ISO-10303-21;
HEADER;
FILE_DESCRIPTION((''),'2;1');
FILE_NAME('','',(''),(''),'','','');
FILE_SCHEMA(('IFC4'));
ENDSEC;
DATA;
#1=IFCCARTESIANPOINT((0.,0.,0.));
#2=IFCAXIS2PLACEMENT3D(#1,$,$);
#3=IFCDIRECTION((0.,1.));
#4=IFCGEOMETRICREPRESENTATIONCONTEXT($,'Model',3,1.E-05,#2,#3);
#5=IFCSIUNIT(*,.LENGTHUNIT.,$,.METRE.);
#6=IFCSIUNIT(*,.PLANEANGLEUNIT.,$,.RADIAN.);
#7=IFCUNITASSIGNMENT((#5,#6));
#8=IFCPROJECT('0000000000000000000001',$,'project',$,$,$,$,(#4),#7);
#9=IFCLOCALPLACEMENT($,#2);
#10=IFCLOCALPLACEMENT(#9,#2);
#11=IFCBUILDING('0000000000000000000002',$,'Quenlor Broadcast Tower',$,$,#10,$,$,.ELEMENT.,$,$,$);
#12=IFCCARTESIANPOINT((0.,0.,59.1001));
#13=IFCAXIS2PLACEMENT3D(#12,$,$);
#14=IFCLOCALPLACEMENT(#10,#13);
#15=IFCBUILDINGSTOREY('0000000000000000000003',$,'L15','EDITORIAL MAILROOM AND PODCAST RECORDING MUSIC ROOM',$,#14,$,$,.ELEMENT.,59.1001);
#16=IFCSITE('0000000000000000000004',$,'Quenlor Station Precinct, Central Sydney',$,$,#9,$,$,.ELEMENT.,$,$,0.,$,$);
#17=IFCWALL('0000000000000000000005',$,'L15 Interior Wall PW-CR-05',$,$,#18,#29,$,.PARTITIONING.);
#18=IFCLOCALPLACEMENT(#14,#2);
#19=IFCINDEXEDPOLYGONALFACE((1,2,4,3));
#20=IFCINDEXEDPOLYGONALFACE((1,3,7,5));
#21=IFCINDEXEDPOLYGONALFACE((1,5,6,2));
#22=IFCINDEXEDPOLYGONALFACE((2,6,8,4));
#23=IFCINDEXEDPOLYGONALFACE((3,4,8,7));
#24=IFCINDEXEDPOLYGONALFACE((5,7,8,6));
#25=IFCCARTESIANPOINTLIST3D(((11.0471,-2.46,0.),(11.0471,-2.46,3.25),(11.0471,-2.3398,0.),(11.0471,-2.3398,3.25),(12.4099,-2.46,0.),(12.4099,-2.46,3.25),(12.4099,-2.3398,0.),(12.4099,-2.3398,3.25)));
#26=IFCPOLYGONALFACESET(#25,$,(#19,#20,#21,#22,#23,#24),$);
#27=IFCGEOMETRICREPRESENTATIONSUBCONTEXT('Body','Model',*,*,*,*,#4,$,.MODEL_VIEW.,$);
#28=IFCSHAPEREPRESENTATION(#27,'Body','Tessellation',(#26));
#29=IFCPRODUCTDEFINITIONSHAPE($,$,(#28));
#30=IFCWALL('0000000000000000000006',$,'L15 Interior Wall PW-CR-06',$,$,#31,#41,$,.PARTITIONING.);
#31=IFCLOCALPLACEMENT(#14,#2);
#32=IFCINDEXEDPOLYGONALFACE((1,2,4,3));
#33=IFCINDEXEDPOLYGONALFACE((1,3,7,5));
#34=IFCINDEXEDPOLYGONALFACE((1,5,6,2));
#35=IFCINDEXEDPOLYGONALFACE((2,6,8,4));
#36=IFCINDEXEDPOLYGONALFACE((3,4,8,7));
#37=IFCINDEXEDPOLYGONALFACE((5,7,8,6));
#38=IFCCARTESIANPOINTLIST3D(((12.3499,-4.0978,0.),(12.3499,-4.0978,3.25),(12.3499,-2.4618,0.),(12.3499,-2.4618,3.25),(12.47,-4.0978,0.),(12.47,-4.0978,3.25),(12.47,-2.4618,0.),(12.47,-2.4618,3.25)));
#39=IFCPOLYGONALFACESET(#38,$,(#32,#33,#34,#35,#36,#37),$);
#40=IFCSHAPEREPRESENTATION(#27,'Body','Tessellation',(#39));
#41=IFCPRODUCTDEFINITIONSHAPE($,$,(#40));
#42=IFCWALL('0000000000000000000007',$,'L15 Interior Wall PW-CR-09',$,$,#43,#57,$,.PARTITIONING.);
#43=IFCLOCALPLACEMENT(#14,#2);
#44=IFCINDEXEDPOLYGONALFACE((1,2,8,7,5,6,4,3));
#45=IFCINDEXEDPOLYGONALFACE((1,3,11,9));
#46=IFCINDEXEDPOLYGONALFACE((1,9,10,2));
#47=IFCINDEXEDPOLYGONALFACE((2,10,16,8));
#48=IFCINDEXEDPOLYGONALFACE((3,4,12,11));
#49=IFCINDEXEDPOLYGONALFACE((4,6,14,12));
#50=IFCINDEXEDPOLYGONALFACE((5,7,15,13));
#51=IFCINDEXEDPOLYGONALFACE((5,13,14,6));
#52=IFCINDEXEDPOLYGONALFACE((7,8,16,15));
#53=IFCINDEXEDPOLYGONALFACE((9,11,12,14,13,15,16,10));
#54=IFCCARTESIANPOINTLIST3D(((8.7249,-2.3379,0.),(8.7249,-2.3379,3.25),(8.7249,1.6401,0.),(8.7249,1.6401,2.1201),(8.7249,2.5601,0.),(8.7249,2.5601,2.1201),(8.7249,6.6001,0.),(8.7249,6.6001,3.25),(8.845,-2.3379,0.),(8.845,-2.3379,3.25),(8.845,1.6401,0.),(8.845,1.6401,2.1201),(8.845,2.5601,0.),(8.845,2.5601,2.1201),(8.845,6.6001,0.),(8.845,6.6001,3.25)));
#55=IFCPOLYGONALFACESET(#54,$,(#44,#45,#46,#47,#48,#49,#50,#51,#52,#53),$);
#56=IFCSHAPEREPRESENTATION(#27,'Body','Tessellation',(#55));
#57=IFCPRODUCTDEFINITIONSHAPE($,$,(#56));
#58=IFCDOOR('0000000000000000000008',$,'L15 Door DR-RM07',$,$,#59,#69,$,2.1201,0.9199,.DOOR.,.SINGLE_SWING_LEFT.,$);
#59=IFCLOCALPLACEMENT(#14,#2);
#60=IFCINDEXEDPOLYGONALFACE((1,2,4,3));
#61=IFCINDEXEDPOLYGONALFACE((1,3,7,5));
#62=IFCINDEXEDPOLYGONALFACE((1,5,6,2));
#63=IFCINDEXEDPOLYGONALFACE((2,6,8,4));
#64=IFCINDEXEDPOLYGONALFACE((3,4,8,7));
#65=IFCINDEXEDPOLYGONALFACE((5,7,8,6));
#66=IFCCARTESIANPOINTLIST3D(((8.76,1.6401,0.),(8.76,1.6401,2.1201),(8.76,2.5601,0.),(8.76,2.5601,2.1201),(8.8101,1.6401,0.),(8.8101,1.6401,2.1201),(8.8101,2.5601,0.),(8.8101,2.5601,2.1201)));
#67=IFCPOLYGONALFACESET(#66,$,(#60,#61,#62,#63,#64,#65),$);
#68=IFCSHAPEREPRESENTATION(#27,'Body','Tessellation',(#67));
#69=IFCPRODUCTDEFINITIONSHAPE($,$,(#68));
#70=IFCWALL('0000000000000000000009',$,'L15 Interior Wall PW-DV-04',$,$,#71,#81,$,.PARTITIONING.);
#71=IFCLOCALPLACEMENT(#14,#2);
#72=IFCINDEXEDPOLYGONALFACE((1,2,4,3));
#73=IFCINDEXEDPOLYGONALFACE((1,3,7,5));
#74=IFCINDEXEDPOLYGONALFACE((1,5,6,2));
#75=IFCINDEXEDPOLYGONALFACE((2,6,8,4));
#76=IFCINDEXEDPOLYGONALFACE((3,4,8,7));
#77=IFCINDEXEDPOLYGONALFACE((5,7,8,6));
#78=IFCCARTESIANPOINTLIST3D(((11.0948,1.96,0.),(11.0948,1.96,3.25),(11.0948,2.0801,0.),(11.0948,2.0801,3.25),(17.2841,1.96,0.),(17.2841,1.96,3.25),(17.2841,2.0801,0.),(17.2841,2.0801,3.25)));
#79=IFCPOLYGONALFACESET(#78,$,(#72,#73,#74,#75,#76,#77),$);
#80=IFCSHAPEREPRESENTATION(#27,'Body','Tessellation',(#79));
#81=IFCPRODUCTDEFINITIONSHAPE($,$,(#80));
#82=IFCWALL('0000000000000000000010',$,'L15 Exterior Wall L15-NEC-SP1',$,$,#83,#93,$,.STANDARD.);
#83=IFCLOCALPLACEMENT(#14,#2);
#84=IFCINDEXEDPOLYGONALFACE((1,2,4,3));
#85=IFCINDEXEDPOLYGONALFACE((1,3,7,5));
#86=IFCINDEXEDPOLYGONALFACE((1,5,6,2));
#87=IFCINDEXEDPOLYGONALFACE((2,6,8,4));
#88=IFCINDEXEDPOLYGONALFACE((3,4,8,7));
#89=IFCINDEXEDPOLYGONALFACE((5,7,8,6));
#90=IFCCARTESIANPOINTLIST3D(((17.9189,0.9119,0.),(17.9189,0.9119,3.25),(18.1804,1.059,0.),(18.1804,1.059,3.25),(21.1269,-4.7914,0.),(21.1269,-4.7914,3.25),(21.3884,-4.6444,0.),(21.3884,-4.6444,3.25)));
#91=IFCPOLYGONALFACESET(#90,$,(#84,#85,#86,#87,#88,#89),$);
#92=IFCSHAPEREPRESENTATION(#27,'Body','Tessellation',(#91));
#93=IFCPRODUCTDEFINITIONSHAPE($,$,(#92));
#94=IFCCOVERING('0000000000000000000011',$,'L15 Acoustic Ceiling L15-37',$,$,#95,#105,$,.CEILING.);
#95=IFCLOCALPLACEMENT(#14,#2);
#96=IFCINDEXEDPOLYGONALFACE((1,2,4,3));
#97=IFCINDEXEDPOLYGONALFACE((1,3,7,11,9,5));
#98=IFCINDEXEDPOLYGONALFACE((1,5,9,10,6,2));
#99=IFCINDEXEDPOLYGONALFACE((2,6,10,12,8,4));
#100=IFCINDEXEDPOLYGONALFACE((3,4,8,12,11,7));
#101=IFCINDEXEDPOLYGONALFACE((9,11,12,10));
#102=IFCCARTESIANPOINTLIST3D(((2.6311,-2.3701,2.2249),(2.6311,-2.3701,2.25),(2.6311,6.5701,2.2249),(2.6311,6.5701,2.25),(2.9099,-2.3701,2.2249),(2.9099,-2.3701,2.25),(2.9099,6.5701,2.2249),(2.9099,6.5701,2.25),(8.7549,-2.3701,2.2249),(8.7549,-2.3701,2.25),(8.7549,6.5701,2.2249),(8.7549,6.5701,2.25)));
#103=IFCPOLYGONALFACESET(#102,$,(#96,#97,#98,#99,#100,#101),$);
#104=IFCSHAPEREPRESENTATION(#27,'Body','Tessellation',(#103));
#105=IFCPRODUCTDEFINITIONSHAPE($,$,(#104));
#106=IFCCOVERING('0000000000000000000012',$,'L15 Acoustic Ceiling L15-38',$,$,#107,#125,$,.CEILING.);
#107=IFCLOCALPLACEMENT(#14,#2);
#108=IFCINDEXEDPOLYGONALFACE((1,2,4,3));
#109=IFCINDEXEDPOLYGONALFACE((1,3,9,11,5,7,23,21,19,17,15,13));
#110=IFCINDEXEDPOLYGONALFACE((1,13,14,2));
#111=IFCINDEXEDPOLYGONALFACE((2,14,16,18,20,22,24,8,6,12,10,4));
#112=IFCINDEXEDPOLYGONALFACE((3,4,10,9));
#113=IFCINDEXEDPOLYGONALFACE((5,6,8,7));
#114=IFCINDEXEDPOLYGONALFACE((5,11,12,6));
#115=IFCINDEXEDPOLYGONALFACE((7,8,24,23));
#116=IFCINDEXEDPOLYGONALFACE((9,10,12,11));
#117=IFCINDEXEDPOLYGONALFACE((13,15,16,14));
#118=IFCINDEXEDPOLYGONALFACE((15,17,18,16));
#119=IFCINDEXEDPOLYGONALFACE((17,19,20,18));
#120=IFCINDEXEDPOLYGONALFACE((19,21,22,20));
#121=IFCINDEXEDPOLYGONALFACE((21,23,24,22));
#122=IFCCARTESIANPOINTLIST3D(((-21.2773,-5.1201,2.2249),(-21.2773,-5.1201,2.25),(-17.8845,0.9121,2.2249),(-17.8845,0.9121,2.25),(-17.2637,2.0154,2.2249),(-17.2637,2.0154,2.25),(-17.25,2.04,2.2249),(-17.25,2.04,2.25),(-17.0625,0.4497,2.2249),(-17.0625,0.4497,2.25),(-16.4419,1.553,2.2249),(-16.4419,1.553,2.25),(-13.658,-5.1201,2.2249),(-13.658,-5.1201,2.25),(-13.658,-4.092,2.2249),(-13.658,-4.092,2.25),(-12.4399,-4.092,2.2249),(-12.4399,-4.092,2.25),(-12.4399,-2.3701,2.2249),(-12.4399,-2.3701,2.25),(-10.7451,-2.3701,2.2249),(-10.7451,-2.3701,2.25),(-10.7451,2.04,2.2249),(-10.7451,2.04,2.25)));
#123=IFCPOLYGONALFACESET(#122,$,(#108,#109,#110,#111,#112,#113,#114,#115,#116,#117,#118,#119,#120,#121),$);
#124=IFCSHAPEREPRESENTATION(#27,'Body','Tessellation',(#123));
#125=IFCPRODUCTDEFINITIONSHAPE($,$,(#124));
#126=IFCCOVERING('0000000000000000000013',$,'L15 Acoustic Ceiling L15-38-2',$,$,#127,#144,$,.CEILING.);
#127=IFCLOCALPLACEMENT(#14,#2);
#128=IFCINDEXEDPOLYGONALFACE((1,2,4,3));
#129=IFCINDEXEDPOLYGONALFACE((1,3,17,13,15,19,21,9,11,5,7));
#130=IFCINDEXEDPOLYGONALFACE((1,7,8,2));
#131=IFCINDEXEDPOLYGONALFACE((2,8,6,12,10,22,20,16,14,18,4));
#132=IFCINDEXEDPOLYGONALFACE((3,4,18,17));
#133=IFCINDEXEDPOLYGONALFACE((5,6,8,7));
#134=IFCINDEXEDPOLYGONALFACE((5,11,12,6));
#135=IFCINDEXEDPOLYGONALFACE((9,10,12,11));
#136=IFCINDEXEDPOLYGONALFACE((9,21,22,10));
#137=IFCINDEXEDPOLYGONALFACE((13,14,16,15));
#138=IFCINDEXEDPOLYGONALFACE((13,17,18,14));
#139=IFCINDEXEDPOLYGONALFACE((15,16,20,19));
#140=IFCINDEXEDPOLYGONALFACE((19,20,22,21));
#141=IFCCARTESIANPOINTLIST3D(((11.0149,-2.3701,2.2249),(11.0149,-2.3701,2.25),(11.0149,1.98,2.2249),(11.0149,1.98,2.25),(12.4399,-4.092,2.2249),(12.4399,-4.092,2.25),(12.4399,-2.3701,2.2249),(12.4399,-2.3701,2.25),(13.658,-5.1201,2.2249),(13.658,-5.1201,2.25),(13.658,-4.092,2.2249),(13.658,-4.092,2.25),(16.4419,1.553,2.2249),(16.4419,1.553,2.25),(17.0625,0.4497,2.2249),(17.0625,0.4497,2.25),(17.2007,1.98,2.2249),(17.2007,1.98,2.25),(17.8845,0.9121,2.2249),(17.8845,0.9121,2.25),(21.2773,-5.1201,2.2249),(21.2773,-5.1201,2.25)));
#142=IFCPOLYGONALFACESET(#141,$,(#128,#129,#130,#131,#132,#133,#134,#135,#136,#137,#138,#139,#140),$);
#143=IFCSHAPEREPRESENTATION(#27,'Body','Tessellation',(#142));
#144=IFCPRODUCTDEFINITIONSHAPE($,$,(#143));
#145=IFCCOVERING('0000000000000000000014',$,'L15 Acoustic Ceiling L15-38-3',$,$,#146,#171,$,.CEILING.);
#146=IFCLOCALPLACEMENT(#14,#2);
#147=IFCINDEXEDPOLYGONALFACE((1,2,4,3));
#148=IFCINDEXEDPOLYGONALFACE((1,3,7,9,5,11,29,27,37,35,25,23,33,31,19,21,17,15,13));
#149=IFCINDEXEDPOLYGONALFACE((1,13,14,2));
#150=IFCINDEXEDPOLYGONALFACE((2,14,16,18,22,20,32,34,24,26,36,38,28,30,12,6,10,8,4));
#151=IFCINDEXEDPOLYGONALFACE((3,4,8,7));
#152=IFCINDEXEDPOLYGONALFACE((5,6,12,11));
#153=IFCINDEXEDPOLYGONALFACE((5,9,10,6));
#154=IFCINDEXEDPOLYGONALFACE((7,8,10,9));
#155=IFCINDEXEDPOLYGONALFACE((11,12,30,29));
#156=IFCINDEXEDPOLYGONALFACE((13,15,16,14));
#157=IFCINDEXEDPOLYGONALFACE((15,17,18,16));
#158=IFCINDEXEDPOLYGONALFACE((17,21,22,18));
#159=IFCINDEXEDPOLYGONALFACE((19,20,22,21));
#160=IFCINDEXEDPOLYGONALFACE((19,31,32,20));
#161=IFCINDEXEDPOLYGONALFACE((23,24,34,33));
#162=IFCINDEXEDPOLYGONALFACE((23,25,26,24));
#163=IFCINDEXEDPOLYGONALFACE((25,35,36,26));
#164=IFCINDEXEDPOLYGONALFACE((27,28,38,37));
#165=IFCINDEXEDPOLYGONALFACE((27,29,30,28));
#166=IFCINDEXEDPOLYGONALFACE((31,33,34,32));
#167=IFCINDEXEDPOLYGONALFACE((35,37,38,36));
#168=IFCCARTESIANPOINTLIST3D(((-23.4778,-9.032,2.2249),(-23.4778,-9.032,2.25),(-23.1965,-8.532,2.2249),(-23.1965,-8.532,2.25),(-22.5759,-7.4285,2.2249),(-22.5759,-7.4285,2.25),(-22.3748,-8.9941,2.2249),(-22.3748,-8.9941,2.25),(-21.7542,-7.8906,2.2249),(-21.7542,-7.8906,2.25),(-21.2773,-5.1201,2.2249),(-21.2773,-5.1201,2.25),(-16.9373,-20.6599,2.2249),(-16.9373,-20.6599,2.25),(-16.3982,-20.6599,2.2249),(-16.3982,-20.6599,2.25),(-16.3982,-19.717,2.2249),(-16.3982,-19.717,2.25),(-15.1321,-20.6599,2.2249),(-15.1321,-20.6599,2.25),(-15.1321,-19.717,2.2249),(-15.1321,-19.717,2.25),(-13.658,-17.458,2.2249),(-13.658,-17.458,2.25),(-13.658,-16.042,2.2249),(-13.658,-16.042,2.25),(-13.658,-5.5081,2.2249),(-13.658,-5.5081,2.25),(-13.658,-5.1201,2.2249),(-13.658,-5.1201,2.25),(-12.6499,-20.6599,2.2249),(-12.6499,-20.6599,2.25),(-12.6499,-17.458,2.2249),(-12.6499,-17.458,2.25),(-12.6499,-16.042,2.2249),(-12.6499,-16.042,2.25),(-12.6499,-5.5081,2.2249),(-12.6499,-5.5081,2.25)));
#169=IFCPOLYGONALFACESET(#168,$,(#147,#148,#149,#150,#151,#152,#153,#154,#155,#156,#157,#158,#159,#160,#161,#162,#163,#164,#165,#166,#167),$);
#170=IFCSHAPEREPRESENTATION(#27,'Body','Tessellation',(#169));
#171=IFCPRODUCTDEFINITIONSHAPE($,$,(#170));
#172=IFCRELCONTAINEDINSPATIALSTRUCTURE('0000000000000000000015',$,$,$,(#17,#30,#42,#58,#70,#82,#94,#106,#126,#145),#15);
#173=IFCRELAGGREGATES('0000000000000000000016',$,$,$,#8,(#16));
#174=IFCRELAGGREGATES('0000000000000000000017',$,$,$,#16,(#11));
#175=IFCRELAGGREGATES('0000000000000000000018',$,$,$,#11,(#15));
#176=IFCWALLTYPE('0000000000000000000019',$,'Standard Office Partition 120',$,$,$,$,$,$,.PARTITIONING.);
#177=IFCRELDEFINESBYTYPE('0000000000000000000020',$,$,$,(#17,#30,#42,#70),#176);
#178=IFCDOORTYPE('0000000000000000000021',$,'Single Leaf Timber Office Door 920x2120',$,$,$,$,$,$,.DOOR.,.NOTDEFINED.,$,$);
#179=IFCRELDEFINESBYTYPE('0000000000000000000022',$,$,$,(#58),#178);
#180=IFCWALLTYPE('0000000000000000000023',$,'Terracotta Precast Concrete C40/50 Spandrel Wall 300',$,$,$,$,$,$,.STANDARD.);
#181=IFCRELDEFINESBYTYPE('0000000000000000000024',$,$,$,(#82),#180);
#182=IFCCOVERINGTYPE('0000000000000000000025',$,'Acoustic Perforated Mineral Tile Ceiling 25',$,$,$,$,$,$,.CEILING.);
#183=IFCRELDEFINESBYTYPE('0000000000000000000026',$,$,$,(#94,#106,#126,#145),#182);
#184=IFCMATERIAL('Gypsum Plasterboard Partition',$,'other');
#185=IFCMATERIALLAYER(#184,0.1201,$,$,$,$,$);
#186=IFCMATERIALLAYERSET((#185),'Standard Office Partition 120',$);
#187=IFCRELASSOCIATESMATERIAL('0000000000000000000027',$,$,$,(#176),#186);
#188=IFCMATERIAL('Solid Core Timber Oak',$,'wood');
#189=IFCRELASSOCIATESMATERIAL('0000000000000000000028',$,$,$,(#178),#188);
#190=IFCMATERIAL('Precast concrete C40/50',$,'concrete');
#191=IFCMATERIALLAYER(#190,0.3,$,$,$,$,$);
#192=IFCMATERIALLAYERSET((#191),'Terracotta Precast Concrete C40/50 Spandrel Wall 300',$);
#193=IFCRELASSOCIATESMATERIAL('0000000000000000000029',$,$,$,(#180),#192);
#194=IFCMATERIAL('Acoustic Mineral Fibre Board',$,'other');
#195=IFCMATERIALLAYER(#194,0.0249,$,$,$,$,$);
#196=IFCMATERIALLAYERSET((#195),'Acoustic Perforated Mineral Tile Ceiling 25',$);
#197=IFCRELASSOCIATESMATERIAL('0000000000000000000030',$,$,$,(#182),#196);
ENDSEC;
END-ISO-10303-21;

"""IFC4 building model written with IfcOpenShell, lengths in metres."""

from ifc_helpers import new_model, si_unit, direction, frame, frame_2d, origin, place, context, subcontext, project, spatial, polyline, rectangle, outline, extrude, material, layer, layer_set, type_object, element, fill, save


model = new_model("IFC4")

# Units and contexts
model_context = context("Model", 3, precision=1e-05, world=origin(), true_north=direction((0.0, 1.0)))
body_context = subcontext(model_context, "Body", "Model", "MODEL_VIEW")
ifc_project = project(units=[si_unit("LENGTHUNIT", "METRE"), si_unit("PLANEANGLEUNIT", "RADIAN")], contexts=[model_context])

# Site, building, storey
site_placement = place(None, origin())
site = spatial("IfcSite", under=ifc_project, at=site_placement, Name="Quenlor Station Precinct, Central Sydney", CompositionType="ELEMENT", RefElevation=0.0)
building_placement = place(site_placement, origin())
building = spatial("IfcBuilding", under=site, at=building_placement, Name="Quenlor Broadcast Tower", CompositionType="ELEMENT")
storey_placement = place(building_placement, frame((0.0, 0.0, 59.1001)))
storey = spatial("IfcBuildingStorey", under=building, at=storey_placement, Name="L15", Description="EDITORIAL MAILROOM AND PODCAST RECORDING MUSIC ROOM", CompositionType="ELEMENT", Elevation=59.1001)

# Walls
ifc_material_1 = material(Name="Gypsum Plasterboard Partition", Category="other")
ifc_layer_1 = layer(ifc_material_1, 0.1201)
ifc_layer_set_1 = layer_set([ifc_layer_1], Name="Standard Office Partition 120")
wall_type_1 = type_object("IfcWallType", Name="Standard Office Partition 120", PredefinedType="PARTITIONING", material=ifc_layer_set_1)
wall_1_placement = place(storey_placement, frame((11.0471, -2.3999, 0.0), z_axis=(0.0, 0.0, 1.0), x_axis=(1.0, 0.0, 0.0)))
element("IfcWall", 1, at=wall_1_placement, inside=storey, type_object=wall_type_1, Name="L15 Interior Wall PW-CR-05", PredefinedType="PARTITIONING", context=body_context, shape_type="SweptSolid", body=[
    extrude(rectangle(XDim=1.3628, YDim=0.1201, at=frame_2d((0.6814, 0.0))), origin(), (0.0, 0.0, 1.0), 3.25),
])
wall_2_placement = place(storey_placement, frame((12.4099, -2.4619, 0.0), z_axis=(0.0, 0.0, 1.0), x_axis=(0.0, -1.0, 0.0)))
element("IfcWall", 2, at=wall_2_placement, inside=storey, type_object=wall_type_1, Name="L15 Interior Wall PW-CR-06", PredefinedType="PARTITIONING", context=body_context, shape_type="SweptSolid", body=[
    extrude(rectangle(XDim=1.636, YDim=0.1201, at=frame_2d((0.8179, 0.0))), origin(), (0.0, 0.0, 1.0), 3.25),
])

# Wall, opening, door
wall_3_placement = place(storey_placement, frame((8.7849, -2.3379, 0.0), z_axis=(0.0, 0.0, 1.0), x_axis=(0.0, 1.0, 0.0)))
wall_3 = element("IfcWall", 3, at=wall_3_placement, inside=storey, type_object=wall_type_1, Name="L15 Interior Wall PW-CR-09", PredefinedType="PARTITIONING", context=body_context, shape_type="SweptSolid", body=[
    extrude(rectangle(XDim=8.938, YDim=0.1201, at=frame_2d((4.469, 0.0))), origin(), (0.0, 0.0, 1.0), 3.25),
])
opening_placement = place(wall_3_placement, frame((3.978, 0.0, 0.0)))
opening = element("IfcOpeningElement", 4, at=opening_placement, cuts=wall_3, PredefinedType="OPENING", context=body_context, shape_type="SweptSolid", body=[
    extrude(rectangle(XDim=0.9199, YDim=2.1201, at=frame_2d((0.46, 1.0601))), frame((0.0, 0.0701, 0.0), z_axis=(0.0, -1.0, 0.0), x_axis=(1.0, 0.0, 0.0)), (0.0, 0.0, 1.0), 0.1401),
])
ifc_material_2 = material(Name="Solid Core Timber Oak", Category="wood")
door_type = type_object("IfcDoorType", Name="Single Leaf Timber Office Door 920x2120", OperationType="NOTDEFINED", PredefinedType="DOOR", material=ifc_material_2)
door_placement = place(opening_placement, origin())
door = element("IfcDoor", 5, at=door_placement, inside=storey, type_object=door_type, Name="L15 Door DR-RM07", OperationType="SINGLE_SWING_LEFT", OverallHeight=2.1201, OverallWidth=0.9199, PredefinedType="DOOR", context=body_context, shape_type="SweptSolid", body=[
    extrude(rectangle(XDim=0.9199, YDim=2.1201, at=frame_2d((0.46, 1.0601))), frame((0.0, 0.0249, 0.0), z_axis=(0.0, -1.0, 0.0), x_axis=(1.0, 0.0, 0.0)), (0.0, 0.0, 1.0), 0.05),
])
fill(opening, door)

# Walls
wall_4_placement = place(storey_placement, frame((17.2842, 2.02, 0.0), z_axis=(0.0, 0.0, 1.0), x_axis=(-1.0, 0.0, 0.0)))
element("IfcWall", 6, at=wall_4_placement, inside=storey, type_object=wall_type_1, Name="L15 Interior Wall PW-DV-04", PredefinedType="PARTITIONING", context=body_context, shape_type="SweptSolid", body=[
    extrude(rectangle(XDim=6.1892, YDim=0.1201, at=frame_2d((3.0947, 0.0))), origin(), (0.0, 0.0, 1.0), 3.25),
])
ifc_material_3 = material(Name="Precast concrete C40/50", Category="concrete")
ifc_layer_2 = layer(ifc_material_3, 0.3)
ifc_layer_set_2 = layer_set([ifc_layer_2], Name="Terracotta Precast Concrete C40/50 Spandrel Wall 300")
wall_type_2 = type_object("IfcWallType", Name="Terracotta Precast Concrete C40/50 Spandrel Wall 300", PredefinedType="STANDARD", material=ifc_layer_set_2)
wall_5_placement = place(storey_placement, frame((18.0496, 0.9856, 0.0), z_axis=(0.0, 0.0, 1.0), x_axis=(0.490245, -0.871585, 0.0)))
element("IfcWall", 7, at=wall_5_placement, inside=storey, type_object=wall_type_2, Name="L15 Exterior Wall L15-NEC-SP1", PredefinedType="STANDARD", context=body_context, shape_type="SweptSolid", body=[
    extrude(rectangle(XDim=6.5437, YDim=0.3, at=frame_2d((3.272, 0.0))), origin(), (0.0, 0.0, 1.0), 3.25),
])

# Coverings
ifc_material_4 = material(Name="Acoustic Mineral Fibre Board", Category="other")
ifc_layer_3 = layer(ifc_material_4, 0.0249)
ifc_layer_set_3 = layer_set([ifc_layer_3], Name="Acoustic Perforated Mineral Tile Ceiling 25")
covering_type = type_object("IfcCoveringType", Name="Acoustic Perforated Mineral Tile Ceiling 25", PredefinedType="CEILING", material=ifc_layer_set_3)
covering_1_placement = place(storey_placement, frame((0.0, 0.0, 2.2249)))
element("IfcCovering", 8, at=covering_1_placement, inside=storey, type_object=covering_type, Name="L15 Acoustic Ceiling L15-37", PredefinedType="CEILING", context=body_context, shape_type="SweptSolid", body=[
    extrude(outline(polyline([(2.9099, -2.3701), (2.6311, -2.3701), (2.6311, 6.5701), (2.9099, 6.5701), (8.7549, 6.5701), (8.7549, -2.3701), (2.9099, -2.3701)])), origin(), (0.0, 0.0, 1.0), 0.0251),
])
covering_2_placement = place(storey_placement, frame((0.0, 0.0, 2.2249)))
element("IfcCovering", 9, at=covering_2_placement, inside=storey, type_object=covering_type, Name="L15 Acoustic Ceiling L15-38", PredefinedType="CEILING", context=body_context, shape_type="SweptSolid", body=[
    extrude(outline(polyline([(-17.8845, 0.9121), (-17.0625, 0.4497), (-16.4419, 1.553), (-17.2637, 2.0154), (-17.25, 2.04), (-10.7451, 2.04), (-10.7451, -2.3701), (-12.4399, -2.3701), (-12.4399, -4.092), (-13.658, -4.092), (-13.658, -5.1201), (-21.2773, -5.1201), (-17.8845, 0.9121)])), origin(), (0.0, 0.0, 1.0), 0.0251),
])
covering_3_placement = place(storey_placement, frame((0.0, 0.0, 2.2249)))
element("IfcCovering", 10, at=covering_3_placement, inside=storey, type_object=covering_type, Name="L15 Acoustic Ceiling L15-38-2", PredefinedType="CEILING", context=body_context, shape_type="SweptSolid", body=[
    extrude(outline(polyline([(13.658, -4.092), (12.4399, -4.092), (12.4399, -2.3701), (11.0149, -2.3701), (11.0149, 1.98), (17.2007, 1.98), (16.4419, 1.553), (17.0625, 0.4497), (17.8845, 0.9121), (21.2773, -5.1201), (13.658, -5.1201), (13.658, -4.092)])), origin(), (0.0, 0.0, 1.0), 0.0251),
])
covering_4_placement = place(storey_placement, frame((0.0, 0.0, 2.2249)))
element("IfcCovering", 11, at=covering_4_placement, inside=storey, type_object=covering_type, Name="L15 Acoustic Ceiling L15-38-3", PredefinedType="CEILING", context=body_context, shape_type="SweptSolid", body=[
    extrude(outline(polyline([(-21.7542, -7.8906), (-22.5759, -7.4285), (-21.2773, -5.1201), (-13.658, -5.1201), (-13.658, -5.5081), (-12.6499, -5.5081), (-12.6499, -16.042), (-13.658, -16.042), (-13.658, -17.458), (-12.6499, -17.458), (-12.6499, -20.6599), (-15.1321, -20.6599), (-15.1321, -19.717), (-16.3982, -19.717), (-16.3982, -20.6599), (-16.9373, -20.6599), (-23.4778, -9.032), (-23.1965, -8.532), (-22.3748, -8.9941), (-21.7542, -7.8906)])), origin(), (0.0, 0.0, 1.0), 0.0251),
])

save(model, "model.ifc")
